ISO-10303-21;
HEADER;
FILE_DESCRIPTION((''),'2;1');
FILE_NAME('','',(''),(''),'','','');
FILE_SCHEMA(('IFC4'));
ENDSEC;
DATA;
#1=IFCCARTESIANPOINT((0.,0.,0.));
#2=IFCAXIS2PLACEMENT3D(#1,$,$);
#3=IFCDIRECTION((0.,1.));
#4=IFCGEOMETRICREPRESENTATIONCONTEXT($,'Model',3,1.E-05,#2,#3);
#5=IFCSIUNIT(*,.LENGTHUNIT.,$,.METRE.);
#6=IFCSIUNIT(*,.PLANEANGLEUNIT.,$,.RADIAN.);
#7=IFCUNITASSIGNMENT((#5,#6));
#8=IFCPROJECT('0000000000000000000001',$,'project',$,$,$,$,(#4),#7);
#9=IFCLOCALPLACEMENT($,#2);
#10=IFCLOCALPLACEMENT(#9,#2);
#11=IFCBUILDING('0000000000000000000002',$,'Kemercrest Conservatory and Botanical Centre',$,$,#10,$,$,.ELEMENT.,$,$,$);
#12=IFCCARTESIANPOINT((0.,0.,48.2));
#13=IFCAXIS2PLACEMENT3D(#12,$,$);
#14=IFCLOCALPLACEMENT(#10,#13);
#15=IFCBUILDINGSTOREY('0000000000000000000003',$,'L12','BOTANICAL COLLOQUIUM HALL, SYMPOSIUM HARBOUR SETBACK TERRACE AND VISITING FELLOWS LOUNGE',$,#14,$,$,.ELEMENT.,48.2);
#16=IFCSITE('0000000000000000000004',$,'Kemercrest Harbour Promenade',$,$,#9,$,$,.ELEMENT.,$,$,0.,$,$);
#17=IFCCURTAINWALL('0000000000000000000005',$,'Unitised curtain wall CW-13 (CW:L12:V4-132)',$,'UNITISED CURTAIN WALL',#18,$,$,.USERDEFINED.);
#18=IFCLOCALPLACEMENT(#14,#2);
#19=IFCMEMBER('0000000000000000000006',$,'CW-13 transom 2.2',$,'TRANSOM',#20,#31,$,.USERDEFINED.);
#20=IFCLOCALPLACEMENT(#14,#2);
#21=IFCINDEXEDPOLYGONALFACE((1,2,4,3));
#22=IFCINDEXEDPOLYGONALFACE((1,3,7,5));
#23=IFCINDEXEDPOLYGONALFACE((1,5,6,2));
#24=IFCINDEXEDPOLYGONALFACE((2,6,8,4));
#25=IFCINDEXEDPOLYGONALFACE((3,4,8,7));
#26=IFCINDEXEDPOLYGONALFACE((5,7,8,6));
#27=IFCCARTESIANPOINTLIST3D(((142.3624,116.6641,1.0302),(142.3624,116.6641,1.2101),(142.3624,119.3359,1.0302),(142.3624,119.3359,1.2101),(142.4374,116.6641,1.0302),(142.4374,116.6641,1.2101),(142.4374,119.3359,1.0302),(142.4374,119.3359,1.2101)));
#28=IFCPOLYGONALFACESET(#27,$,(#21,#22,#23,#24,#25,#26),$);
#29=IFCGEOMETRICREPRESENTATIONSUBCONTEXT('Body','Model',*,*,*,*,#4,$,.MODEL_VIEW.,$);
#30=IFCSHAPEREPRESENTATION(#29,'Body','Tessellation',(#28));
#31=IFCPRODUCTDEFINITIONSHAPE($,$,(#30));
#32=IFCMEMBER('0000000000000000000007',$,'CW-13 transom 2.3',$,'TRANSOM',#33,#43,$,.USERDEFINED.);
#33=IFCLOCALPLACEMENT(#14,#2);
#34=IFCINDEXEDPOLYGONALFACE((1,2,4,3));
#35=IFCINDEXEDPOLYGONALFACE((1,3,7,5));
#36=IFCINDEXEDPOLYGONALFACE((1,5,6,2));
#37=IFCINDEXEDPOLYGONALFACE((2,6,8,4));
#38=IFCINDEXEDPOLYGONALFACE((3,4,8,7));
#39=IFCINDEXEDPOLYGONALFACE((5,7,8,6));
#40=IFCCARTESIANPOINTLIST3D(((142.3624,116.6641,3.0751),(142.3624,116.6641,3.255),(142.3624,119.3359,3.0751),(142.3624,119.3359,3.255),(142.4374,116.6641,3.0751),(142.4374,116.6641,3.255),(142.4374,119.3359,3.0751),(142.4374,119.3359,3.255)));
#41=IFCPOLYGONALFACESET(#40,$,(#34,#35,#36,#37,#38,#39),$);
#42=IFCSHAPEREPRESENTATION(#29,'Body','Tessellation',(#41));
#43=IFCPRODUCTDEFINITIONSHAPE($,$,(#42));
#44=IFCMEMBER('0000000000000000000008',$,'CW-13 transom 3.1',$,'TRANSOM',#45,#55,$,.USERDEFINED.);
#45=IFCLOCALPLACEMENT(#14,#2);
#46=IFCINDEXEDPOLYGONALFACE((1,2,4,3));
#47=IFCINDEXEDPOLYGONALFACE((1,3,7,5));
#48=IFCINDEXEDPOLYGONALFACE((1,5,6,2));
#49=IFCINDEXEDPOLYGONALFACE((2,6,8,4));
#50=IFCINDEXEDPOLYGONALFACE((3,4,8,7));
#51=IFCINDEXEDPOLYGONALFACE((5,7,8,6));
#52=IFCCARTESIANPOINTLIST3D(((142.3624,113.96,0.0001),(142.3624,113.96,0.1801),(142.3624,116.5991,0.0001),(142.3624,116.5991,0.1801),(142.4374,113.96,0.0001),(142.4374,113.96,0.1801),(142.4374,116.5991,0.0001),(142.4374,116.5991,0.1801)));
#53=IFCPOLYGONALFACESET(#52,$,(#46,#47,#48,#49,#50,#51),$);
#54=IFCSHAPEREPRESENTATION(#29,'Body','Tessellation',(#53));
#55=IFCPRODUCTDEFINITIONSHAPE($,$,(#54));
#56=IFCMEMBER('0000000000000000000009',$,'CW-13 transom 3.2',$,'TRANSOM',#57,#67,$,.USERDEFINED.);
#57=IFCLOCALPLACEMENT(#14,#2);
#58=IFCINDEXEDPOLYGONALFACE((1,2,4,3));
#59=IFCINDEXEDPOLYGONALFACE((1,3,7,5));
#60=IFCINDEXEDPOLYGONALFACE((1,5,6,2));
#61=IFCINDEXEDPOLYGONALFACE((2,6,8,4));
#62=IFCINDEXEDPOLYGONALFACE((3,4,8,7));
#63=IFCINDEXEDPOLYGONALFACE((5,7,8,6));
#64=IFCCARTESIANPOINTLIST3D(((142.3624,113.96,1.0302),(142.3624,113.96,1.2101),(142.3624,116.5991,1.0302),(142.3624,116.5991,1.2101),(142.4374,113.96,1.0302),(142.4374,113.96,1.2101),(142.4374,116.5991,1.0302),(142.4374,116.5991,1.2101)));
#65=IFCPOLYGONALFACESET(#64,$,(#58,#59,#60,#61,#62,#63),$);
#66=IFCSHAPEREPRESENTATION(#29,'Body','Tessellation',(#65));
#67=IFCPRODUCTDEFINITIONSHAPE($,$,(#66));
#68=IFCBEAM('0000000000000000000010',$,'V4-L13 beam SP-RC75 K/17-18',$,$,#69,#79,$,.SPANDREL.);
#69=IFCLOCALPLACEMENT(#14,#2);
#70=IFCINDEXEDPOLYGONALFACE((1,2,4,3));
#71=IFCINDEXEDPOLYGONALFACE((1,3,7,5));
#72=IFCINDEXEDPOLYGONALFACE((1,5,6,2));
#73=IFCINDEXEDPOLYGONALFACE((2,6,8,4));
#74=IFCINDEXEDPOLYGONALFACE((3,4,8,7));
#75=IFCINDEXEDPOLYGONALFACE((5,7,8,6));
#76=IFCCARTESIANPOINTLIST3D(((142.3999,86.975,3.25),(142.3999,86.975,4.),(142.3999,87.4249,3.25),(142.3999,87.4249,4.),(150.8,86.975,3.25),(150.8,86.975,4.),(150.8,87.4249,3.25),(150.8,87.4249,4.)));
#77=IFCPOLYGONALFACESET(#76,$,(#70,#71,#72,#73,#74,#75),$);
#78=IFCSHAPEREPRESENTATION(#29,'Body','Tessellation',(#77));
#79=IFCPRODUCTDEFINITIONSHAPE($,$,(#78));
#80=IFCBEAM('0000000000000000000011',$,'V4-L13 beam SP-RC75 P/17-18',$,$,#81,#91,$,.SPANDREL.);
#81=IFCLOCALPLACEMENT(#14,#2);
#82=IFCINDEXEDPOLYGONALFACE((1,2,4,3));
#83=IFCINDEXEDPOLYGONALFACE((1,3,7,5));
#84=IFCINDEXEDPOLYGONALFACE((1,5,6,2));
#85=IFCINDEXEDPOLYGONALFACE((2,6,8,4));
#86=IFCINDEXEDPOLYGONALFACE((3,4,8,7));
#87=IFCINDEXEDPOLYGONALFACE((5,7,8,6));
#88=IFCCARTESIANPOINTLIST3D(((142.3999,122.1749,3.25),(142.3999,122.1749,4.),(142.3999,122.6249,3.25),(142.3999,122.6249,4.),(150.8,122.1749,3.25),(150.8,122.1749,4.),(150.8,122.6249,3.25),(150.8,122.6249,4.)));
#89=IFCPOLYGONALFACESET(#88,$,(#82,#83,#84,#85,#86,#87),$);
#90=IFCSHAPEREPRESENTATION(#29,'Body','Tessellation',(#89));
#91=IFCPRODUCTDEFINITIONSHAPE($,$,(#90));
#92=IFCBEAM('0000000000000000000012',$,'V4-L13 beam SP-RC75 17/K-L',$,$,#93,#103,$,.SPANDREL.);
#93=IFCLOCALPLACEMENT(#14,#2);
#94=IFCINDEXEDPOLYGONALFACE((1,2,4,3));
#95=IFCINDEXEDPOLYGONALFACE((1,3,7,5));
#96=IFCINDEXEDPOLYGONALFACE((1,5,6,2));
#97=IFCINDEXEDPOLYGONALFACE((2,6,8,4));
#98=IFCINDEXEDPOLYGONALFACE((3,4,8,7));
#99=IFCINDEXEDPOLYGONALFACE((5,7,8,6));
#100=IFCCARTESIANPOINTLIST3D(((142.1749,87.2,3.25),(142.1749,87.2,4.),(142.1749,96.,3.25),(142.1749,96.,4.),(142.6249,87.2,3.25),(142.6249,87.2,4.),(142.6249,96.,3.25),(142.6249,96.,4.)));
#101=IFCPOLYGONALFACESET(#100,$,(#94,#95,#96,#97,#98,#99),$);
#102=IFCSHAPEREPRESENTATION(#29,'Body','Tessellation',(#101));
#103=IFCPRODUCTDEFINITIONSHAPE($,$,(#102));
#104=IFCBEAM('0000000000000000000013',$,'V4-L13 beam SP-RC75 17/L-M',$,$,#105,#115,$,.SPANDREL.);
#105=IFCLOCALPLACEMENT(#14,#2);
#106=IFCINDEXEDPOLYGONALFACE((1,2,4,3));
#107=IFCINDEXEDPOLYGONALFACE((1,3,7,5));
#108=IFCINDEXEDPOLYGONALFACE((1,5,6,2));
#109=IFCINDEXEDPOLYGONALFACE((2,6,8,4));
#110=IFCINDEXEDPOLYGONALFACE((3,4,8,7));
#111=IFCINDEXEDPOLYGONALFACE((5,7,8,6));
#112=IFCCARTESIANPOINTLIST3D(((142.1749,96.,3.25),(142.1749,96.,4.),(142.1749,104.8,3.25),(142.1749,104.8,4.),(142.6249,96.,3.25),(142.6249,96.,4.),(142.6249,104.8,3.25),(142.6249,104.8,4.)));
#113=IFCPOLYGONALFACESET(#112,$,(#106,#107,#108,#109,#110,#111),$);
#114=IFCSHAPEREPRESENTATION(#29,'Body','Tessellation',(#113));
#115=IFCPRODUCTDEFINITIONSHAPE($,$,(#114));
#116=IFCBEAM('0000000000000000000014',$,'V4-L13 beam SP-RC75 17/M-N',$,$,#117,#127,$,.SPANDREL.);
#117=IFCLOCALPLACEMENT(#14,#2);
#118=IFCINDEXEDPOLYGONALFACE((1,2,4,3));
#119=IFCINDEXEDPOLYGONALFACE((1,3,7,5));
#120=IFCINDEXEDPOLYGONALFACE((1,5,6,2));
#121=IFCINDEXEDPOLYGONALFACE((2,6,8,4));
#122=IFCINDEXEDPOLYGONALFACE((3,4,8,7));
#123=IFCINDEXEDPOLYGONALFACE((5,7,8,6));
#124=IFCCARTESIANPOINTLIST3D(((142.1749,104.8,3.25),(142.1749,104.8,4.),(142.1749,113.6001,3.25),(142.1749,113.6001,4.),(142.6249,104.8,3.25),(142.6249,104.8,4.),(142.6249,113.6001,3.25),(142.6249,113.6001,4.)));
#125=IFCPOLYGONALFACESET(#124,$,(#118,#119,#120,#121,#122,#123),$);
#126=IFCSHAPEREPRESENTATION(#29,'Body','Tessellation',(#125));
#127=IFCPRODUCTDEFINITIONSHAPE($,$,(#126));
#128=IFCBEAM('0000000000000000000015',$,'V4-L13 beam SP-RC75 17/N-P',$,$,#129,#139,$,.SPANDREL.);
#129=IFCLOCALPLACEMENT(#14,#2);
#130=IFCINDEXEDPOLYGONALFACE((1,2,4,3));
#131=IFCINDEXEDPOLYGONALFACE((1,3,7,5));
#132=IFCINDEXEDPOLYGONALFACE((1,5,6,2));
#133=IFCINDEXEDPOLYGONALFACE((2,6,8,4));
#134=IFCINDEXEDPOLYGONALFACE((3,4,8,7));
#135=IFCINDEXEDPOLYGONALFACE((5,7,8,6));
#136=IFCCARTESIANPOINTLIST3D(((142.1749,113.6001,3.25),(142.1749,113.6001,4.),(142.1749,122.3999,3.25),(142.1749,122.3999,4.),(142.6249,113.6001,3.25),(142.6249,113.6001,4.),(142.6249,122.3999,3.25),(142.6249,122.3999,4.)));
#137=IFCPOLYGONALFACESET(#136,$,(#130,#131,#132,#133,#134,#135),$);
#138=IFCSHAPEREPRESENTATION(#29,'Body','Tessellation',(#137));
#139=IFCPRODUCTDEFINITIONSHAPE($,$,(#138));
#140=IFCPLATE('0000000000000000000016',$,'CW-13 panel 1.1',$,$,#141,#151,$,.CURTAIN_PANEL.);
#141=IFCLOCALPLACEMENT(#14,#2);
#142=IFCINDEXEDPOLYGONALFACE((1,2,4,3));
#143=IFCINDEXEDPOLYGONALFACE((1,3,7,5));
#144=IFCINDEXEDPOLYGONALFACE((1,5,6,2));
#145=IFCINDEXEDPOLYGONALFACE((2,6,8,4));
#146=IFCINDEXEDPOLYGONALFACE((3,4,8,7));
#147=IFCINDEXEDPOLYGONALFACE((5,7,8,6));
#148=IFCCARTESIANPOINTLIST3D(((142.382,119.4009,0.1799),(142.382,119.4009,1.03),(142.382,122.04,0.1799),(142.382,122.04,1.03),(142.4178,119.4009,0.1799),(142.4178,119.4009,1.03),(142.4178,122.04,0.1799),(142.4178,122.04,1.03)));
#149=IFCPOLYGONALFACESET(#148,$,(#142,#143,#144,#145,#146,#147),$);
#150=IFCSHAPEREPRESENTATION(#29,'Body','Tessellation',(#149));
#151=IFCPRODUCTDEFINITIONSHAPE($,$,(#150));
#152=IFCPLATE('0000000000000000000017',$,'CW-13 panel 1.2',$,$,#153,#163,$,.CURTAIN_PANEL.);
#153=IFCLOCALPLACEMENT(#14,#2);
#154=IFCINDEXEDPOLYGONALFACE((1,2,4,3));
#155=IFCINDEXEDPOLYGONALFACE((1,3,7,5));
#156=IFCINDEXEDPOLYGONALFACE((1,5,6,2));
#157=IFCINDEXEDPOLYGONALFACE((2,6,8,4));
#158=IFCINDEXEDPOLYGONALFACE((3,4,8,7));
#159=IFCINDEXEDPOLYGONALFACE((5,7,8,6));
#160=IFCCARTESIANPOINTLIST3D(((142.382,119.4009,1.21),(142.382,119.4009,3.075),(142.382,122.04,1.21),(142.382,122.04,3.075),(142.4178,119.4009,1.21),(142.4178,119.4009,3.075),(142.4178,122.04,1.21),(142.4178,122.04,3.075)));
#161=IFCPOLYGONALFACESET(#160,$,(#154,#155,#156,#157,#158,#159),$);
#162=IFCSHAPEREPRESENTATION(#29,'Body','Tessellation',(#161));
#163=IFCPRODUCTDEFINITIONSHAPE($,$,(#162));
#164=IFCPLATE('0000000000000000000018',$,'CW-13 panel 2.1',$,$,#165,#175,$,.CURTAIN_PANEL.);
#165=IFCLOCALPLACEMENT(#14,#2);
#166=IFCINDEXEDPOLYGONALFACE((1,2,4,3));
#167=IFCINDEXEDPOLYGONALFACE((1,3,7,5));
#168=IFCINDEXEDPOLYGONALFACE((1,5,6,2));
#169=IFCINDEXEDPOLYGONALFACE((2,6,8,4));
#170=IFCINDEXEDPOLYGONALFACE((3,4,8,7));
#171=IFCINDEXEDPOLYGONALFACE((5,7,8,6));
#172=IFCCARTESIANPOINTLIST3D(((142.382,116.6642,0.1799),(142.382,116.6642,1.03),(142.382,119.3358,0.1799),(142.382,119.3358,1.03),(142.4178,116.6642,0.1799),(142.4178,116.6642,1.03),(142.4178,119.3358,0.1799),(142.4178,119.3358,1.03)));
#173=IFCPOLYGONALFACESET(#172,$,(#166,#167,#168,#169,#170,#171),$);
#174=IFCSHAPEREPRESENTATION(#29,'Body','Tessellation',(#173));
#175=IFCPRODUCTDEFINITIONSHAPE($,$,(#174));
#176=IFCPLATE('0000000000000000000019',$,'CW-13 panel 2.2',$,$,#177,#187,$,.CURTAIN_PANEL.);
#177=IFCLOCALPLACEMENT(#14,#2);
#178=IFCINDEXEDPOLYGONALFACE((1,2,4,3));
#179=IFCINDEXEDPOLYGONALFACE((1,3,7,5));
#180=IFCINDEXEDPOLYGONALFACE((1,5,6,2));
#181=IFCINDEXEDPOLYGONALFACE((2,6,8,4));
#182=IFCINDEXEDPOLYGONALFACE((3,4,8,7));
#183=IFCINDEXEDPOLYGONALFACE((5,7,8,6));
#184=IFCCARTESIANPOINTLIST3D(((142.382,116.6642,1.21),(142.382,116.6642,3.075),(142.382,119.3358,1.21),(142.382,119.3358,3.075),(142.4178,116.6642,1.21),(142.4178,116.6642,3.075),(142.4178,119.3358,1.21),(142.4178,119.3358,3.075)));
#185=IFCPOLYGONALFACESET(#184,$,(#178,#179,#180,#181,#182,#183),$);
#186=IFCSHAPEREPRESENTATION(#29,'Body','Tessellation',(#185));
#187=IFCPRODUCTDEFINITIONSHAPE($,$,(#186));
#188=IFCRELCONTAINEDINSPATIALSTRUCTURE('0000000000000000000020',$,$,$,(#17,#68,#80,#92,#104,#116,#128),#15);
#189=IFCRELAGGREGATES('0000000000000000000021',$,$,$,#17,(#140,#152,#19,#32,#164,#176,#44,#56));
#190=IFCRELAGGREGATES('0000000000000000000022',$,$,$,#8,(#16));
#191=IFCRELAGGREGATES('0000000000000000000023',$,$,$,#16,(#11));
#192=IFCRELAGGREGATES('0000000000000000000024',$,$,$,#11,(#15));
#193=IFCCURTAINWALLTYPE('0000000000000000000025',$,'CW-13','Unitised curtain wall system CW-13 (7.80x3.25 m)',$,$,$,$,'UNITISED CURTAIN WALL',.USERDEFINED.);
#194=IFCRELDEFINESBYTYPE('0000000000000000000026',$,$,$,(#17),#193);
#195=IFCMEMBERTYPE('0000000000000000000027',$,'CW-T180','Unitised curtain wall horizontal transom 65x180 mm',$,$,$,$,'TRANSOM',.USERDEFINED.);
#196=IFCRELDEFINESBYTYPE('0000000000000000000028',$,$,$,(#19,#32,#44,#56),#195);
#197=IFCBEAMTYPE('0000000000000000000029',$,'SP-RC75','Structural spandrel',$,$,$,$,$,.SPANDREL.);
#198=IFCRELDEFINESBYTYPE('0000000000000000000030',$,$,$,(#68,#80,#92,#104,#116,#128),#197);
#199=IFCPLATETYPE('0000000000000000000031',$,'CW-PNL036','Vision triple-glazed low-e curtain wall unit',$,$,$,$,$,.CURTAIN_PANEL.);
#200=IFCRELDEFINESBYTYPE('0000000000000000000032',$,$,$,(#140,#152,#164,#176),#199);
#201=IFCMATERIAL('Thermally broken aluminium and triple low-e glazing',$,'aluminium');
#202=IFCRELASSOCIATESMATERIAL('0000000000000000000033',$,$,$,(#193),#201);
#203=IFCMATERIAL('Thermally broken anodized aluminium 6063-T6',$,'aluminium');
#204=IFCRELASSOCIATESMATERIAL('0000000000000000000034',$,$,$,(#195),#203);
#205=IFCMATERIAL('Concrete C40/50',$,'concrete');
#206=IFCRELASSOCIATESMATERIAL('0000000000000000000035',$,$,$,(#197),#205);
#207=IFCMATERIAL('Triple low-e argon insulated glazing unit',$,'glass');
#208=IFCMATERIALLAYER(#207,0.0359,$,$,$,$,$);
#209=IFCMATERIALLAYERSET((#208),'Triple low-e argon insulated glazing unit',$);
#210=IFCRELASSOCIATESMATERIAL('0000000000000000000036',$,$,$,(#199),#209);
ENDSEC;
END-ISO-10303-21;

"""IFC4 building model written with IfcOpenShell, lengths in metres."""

from ifc_helpers import new_model, si_unit, direction, frame, origin, origin_2d, place, context, subcontext, project, spatial, rectangle, extrude, material, layer, layer_set, material_profile, profile_set, type_object, element, aggregate, save


model = new_model("IFC4")

# Units and contexts
model_context = context("Model", 3, precision=1e-05, world=origin(), true_north=direction((0.0, 1.0)))
body_context = subcontext(model_context, "Body", "Model", "MODEL_VIEW")
ifc_project = project(units=[si_unit("LENGTHUNIT", "METRE"), si_unit("PLANEANGLEUNIT", "RADIAN")], contexts=[model_context])

# Site, building, storey
site_placement = place(None, origin())
site = spatial("IfcSite", under=ifc_project, at=site_placement, Name="Kemercrest Harbour Promenade", CompositionType="ELEMENT", RefElevation=0.0)
building_placement = place(site_placement, origin())
building = spatial("IfcBuilding", under=site, at=building_placement, Name="Kemercrest Conservatory and Botanical Centre", CompositionType="ELEMENT")
storey_placement = place(building_placement, frame((0.0, 0.0, 48.2)))
storey = spatial("IfcBuildingStorey", under=building, at=storey_placement, Name="L12", Description="BOTANICAL COLLOQUIUM HALL, SYMPOSIUM HARBOUR SETBACK TERRACE AND VISITING FELLOWS LOUNGE", CompositionType="ELEMENT", Elevation=48.2)

# Shared definitions
ifc_material_1 = material(Name="Concrete C40/50", Category="concrete")

# Curtain wall, members
ifc_material_2 = material(Name="Thermally broken aluminium and triple low-e glazing", Category="aluminium")
curtain_wall_type = type_object("IfcCurtainWallType", Name="CW-13", Description="Unitised curtain wall system CW-13 (7.80x3.25 m)", ElementType="UNITISED CURTAIN WALL", PredefinedType="USERDEFINED", material=ifc_material_2)
curtain_wall_placement = place(storey_placement, origin())
curtain_wall = element("IfcCurtainWall", 1, at=curtain_wall_placement, inside=storey, type_object=curtain_wall_type, Name="Unitised curtain wall CW-13 (CW:L12:V4-132)", ObjectType="UNITISED CURTAIN WALL", PredefinedType="USERDEFINED")
ifc_material_3 = material(Name="Thermally broken anodized aluminium 6063-T6", Category="aluminium")
ifc_material_profile_1 = material_profile(ifc_material_3, rectangle(XDim=0.075, YDim=0.1799, at=origin_2d()), Name="AL TRANSOM 75x180")
ifc_profile_set_1 = profile_set([ifc_material_profile_1], Name="Thermally broken anodized aluminium 6063-T6")
member_type_1 = type_object("IfcMemberType", Name="CW-T180", Description="Unitised curtain wall horizontal transom 65x180 mm", ElementType="TRANSOM", PredefinedType="USERDEFINED", material=ifc_profile_set_1)
member_1_placement = place(storey_placement, frame((142.3999, 119.3359, 1.1201), z_axis=(0.0, -1.0, 0.0), x_axis=(1.0, 0.0, 0.0)))
member_1 = element("IfcMember", 2, at=member_1_placement, type_object=member_type_1, Name="CW-13 transom 2.2", ObjectType="TRANSOM", PredefinedType="USERDEFINED", context=body_context, shape_type="SweptSolid", body=[
    extrude(rectangle(XDim=0.075, YDim=0.1799, at=origin_2d()), origin(), (0.0, 0.0, 1.0), 2.6719),
])
member_2_placement = place(storey_placement, frame((142.3999, 119.3359, 3.165), z_axis=(0.0, -1.0, 0.0), x_axis=(1.0, 0.0, 0.0)))
member_2 = element("IfcMember", 3, at=member_2_placement, type_object=member_type_1, Name="CW-13 transom 2.3", ObjectType="TRANSOM", PredefinedType="USERDEFINED", context=body_context, shape_type="SweptSolid", body=[
    extrude(rectangle(XDim=0.075, YDim=0.1799, at=origin_2d()), origin(), (0.0, 0.0, 1.0), 2.6719),
])
member_3_placement = place(storey_placement, frame((142.3999, 116.5991, 0.0901), z_axis=(0.0, -1.0, 0.0), x_axis=(1.0, 0.0, 0.0)))
member_3 = element("IfcMember", 4, at=member_3_placement, type_object=member_type_1, Name="CW-13 transom 3.1", ObjectType="TRANSOM", PredefinedType="USERDEFINED", context=body_context, shape_type="SweptSolid", body=[
    extrude(rectangle(XDim=0.075, YDim=0.1799, at=origin_2d()), origin(), (0.0, 0.0, 1.0), 2.6392),
])
member_4_placement = place(storey_placement, frame((142.3999, 116.5991, 1.1201), z_axis=(0.0, -1.0, 0.0), x_axis=(1.0, 0.0, 0.0)))
member_4 = element("IfcMember", 5, at=member_4_placement, type_object=member_type_1, Name="CW-13 transom 3.2", ObjectType="TRANSOM", PredefinedType="USERDEFINED", context=body_context, shape_type="SweptSolid", body=[
    extrude(rectangle(XDim=0.075, YDim=0.1799, at=origin_2d()), origin(), (0.0, 0.0, 1.0), 2.6392),
])

# Beams
ifc_material_profile_2 = material_profile(ifc_material_1, rectangle(XDim=0.45, YDim=0.75, at=origin_2d()), Name="RC 450x750")
ifc_profile_set_2 = profile_set([ifc_material_profile_2], Name="Concrete C40/50")
beam_type_1 = type_object("IfcBeamType", Name="SP-RC75", Description="Structural spandrel", PredefinedType="SPANDREL", material=ifc_profile_set_2)
for number, where, z_axis, x_axis, name in (
    (6, (142.3999, 87.2, 3.625), (1.0, 0.0, 0.0), (0.0, 1.0, 0.0), "V4-L13 beam SP-RC75 K/17-18"),
    (7, (142.3999, 122.3999, 3.625), (1.0, 0.0, 0.0), (0.0, 1.0, 0.0), "V4-L13 beam SP-RC75 P/17-18"),
):
    element("IfcBeam", number, at=place(storey_placement, frame(where, z_axis=z_axis, x_axis=x_axis)), inside=storey, type_object=beam_type_1, Name=name, PredefinedType="SPANDREL", context=body_context, shape_type="SweptSolid", body=[
        extrude(rectangle(XDim=0.45, YDim=0.75, at=origin_2d()), origin(), (0.0, 0.0, 1.0), 8.4001),
    ])
for number, where, z_axis, x_axis, name in (
    (8, (142.3999, 87.2, 3.625), (0.0, 1.0, 0.0), (-1.0, 0.0, 0.0), "V4-L13 beam SP-RC75 17/K-L"),
    (9, (142.3999, 96.0, 3.625), (0.0, 1.0, 0.0), (-1.0, 0.0, 0.0), "V4-L13 beam SP-RC75 17/L-M"),
    (10, (142.3999, 104.8, 3.625), (0.0, 1.0, 0.0), (-1.0, 0.0, 0.0), "V4-L13 beam SP-RC75 17/M-N"),
):
    element("IfcBeam", number, at=place(storey_placement, frame(where, z_axis=z_axis, x_axis=x_axis)), inside=storey, type_object=beam_type_1, Name=name, PredefinedType="SPANDREL", context=body_context, shape_type="SweptSolid", body=[
        extrude(rectangle(XDim=0.45, YDim=0.75, at=origin_2d()), origin(), (0.0, 0.0, 1.0), 8.8),
    ])
beam_placement = place(storey_placement, frame((142.3999, 113.6001, 3.625), z_axis=(0.0, 1.0, 0.0), x_axis=(-1.0, 0.0, 0.0)))
element("IfcBeam", 11, at=beam_placement, inside=storey, type_object=beam_type_1, Name="V4-L13 beam SP-RC75 17/N-P", PredefinedType="SPANDREL", context=body_context, shape_type="SweptSolid", body=[
    extrude(rectangle(XDim=0.45, YDim=0.75, at=origin_2d()), origin(), (0.0, 0.0, 1.0), 8.7998),
])

# Plates
ifc_material_4 = material(Name="Triple low-e argon insulated glazing unit", Category="glass")
ifc_layer_1 = layer(ifc_material_4, 0.0359)
ifc_layer_set_1 = layer_set([ifc_layer_1], Name="Triple low-e argon insulated glazing unit")
plate_type = type_object("IfcPlateType", Name="CW-PNL036", Description="Vision triple-glazed low-e curtain wall unit", PredefinedType="CURTAIN_PANEL", material=ifc_layer_set_1)
plate_1_placement = place(storey_placement, frame((142.3999, 120.7205, 0.1799), z_axis=(0.0, 0.0, 1.0), x_axis=(0.0, -1.0, 0.0)))
plate_1 = element("IfcPlate", 12, at=plate_1_placement, type_object=plate_type, Name="CW-13 panel 1.1", PredefinedType="CURTAIN_PANEL", context=body_context, shape_type="SweptSolid", body=[
    extrude(rectangle(XDim=2.6392, YDim=0.0359, at=origin_2d()), origin(), (0.0, 0.0, 1.0), 0.8501),
])
plate_2_placement = place(storey_placement, frame((142.3999, 120.7205, 1.21), z_axis=(0.0, 0.0, 1.0), x_axis=(0.0, -1.0, 0.0)))
plate_2 = element("IfcPlate", 13, at=plate_2_placement, type_object=plate_type, Name="CW-13 panel 1.2", PredefinedType="CURTAIN_PANEL", context=body_context, shape_type="SweptSolid", body=[
    extrude(rectangle(XDim=2.6392, YDim=0.0359, at=origin_2d()), origin(), (0.0, 0.0, 1.0), 1.865),
])
plate_3_placement = place(storey_placement, frame((142.3999, 118.0, 0.1799), z_axis=(0.0, 0.0, 1.0), x_axis=(0.0, -1.0, 0.0)))
plate_3 = element("IfcPlate", 14, at=plate_3_placement, type_object=plate_type, Name="CW-13 panel 2.1", PredefinedType="CURTAIN_PANEL", context=body_context, shape_type="SweptSolid", body=[
    extrude(rectangle(XDim=2.6716, YDim=0.0359, at=origin_2d()), origin(), (0.0, 0.0, 1.0), 0.8501),
])
plate_4_placement = place(storey_placement, frame((142.3999, 118.0, 1.21), z_axis=(0.0, 0.0, 1.0), x_axis=(0.0, -1.0, 0.0)))
plate_4 = element("IfcPlate", 15, at=plate_4_placement, type_object=plate_type, Name="CW-13 panel 2.2", PredefinedType="CURTAIN_PANEL", context=body_context, shape_type="SweptSolid", body=[
    extrude(rectangle(XDim=2.6716, YDim=0.0359, at=origin_2d()), origin(), (0.0, 0.0, 1.0), 1.865),
])
aggregate(curtain_wall, [plate_1, plate_2, member_1, member_2, plate_3, plate_4, member_3, member_4])

save(model, "model.ifc")
